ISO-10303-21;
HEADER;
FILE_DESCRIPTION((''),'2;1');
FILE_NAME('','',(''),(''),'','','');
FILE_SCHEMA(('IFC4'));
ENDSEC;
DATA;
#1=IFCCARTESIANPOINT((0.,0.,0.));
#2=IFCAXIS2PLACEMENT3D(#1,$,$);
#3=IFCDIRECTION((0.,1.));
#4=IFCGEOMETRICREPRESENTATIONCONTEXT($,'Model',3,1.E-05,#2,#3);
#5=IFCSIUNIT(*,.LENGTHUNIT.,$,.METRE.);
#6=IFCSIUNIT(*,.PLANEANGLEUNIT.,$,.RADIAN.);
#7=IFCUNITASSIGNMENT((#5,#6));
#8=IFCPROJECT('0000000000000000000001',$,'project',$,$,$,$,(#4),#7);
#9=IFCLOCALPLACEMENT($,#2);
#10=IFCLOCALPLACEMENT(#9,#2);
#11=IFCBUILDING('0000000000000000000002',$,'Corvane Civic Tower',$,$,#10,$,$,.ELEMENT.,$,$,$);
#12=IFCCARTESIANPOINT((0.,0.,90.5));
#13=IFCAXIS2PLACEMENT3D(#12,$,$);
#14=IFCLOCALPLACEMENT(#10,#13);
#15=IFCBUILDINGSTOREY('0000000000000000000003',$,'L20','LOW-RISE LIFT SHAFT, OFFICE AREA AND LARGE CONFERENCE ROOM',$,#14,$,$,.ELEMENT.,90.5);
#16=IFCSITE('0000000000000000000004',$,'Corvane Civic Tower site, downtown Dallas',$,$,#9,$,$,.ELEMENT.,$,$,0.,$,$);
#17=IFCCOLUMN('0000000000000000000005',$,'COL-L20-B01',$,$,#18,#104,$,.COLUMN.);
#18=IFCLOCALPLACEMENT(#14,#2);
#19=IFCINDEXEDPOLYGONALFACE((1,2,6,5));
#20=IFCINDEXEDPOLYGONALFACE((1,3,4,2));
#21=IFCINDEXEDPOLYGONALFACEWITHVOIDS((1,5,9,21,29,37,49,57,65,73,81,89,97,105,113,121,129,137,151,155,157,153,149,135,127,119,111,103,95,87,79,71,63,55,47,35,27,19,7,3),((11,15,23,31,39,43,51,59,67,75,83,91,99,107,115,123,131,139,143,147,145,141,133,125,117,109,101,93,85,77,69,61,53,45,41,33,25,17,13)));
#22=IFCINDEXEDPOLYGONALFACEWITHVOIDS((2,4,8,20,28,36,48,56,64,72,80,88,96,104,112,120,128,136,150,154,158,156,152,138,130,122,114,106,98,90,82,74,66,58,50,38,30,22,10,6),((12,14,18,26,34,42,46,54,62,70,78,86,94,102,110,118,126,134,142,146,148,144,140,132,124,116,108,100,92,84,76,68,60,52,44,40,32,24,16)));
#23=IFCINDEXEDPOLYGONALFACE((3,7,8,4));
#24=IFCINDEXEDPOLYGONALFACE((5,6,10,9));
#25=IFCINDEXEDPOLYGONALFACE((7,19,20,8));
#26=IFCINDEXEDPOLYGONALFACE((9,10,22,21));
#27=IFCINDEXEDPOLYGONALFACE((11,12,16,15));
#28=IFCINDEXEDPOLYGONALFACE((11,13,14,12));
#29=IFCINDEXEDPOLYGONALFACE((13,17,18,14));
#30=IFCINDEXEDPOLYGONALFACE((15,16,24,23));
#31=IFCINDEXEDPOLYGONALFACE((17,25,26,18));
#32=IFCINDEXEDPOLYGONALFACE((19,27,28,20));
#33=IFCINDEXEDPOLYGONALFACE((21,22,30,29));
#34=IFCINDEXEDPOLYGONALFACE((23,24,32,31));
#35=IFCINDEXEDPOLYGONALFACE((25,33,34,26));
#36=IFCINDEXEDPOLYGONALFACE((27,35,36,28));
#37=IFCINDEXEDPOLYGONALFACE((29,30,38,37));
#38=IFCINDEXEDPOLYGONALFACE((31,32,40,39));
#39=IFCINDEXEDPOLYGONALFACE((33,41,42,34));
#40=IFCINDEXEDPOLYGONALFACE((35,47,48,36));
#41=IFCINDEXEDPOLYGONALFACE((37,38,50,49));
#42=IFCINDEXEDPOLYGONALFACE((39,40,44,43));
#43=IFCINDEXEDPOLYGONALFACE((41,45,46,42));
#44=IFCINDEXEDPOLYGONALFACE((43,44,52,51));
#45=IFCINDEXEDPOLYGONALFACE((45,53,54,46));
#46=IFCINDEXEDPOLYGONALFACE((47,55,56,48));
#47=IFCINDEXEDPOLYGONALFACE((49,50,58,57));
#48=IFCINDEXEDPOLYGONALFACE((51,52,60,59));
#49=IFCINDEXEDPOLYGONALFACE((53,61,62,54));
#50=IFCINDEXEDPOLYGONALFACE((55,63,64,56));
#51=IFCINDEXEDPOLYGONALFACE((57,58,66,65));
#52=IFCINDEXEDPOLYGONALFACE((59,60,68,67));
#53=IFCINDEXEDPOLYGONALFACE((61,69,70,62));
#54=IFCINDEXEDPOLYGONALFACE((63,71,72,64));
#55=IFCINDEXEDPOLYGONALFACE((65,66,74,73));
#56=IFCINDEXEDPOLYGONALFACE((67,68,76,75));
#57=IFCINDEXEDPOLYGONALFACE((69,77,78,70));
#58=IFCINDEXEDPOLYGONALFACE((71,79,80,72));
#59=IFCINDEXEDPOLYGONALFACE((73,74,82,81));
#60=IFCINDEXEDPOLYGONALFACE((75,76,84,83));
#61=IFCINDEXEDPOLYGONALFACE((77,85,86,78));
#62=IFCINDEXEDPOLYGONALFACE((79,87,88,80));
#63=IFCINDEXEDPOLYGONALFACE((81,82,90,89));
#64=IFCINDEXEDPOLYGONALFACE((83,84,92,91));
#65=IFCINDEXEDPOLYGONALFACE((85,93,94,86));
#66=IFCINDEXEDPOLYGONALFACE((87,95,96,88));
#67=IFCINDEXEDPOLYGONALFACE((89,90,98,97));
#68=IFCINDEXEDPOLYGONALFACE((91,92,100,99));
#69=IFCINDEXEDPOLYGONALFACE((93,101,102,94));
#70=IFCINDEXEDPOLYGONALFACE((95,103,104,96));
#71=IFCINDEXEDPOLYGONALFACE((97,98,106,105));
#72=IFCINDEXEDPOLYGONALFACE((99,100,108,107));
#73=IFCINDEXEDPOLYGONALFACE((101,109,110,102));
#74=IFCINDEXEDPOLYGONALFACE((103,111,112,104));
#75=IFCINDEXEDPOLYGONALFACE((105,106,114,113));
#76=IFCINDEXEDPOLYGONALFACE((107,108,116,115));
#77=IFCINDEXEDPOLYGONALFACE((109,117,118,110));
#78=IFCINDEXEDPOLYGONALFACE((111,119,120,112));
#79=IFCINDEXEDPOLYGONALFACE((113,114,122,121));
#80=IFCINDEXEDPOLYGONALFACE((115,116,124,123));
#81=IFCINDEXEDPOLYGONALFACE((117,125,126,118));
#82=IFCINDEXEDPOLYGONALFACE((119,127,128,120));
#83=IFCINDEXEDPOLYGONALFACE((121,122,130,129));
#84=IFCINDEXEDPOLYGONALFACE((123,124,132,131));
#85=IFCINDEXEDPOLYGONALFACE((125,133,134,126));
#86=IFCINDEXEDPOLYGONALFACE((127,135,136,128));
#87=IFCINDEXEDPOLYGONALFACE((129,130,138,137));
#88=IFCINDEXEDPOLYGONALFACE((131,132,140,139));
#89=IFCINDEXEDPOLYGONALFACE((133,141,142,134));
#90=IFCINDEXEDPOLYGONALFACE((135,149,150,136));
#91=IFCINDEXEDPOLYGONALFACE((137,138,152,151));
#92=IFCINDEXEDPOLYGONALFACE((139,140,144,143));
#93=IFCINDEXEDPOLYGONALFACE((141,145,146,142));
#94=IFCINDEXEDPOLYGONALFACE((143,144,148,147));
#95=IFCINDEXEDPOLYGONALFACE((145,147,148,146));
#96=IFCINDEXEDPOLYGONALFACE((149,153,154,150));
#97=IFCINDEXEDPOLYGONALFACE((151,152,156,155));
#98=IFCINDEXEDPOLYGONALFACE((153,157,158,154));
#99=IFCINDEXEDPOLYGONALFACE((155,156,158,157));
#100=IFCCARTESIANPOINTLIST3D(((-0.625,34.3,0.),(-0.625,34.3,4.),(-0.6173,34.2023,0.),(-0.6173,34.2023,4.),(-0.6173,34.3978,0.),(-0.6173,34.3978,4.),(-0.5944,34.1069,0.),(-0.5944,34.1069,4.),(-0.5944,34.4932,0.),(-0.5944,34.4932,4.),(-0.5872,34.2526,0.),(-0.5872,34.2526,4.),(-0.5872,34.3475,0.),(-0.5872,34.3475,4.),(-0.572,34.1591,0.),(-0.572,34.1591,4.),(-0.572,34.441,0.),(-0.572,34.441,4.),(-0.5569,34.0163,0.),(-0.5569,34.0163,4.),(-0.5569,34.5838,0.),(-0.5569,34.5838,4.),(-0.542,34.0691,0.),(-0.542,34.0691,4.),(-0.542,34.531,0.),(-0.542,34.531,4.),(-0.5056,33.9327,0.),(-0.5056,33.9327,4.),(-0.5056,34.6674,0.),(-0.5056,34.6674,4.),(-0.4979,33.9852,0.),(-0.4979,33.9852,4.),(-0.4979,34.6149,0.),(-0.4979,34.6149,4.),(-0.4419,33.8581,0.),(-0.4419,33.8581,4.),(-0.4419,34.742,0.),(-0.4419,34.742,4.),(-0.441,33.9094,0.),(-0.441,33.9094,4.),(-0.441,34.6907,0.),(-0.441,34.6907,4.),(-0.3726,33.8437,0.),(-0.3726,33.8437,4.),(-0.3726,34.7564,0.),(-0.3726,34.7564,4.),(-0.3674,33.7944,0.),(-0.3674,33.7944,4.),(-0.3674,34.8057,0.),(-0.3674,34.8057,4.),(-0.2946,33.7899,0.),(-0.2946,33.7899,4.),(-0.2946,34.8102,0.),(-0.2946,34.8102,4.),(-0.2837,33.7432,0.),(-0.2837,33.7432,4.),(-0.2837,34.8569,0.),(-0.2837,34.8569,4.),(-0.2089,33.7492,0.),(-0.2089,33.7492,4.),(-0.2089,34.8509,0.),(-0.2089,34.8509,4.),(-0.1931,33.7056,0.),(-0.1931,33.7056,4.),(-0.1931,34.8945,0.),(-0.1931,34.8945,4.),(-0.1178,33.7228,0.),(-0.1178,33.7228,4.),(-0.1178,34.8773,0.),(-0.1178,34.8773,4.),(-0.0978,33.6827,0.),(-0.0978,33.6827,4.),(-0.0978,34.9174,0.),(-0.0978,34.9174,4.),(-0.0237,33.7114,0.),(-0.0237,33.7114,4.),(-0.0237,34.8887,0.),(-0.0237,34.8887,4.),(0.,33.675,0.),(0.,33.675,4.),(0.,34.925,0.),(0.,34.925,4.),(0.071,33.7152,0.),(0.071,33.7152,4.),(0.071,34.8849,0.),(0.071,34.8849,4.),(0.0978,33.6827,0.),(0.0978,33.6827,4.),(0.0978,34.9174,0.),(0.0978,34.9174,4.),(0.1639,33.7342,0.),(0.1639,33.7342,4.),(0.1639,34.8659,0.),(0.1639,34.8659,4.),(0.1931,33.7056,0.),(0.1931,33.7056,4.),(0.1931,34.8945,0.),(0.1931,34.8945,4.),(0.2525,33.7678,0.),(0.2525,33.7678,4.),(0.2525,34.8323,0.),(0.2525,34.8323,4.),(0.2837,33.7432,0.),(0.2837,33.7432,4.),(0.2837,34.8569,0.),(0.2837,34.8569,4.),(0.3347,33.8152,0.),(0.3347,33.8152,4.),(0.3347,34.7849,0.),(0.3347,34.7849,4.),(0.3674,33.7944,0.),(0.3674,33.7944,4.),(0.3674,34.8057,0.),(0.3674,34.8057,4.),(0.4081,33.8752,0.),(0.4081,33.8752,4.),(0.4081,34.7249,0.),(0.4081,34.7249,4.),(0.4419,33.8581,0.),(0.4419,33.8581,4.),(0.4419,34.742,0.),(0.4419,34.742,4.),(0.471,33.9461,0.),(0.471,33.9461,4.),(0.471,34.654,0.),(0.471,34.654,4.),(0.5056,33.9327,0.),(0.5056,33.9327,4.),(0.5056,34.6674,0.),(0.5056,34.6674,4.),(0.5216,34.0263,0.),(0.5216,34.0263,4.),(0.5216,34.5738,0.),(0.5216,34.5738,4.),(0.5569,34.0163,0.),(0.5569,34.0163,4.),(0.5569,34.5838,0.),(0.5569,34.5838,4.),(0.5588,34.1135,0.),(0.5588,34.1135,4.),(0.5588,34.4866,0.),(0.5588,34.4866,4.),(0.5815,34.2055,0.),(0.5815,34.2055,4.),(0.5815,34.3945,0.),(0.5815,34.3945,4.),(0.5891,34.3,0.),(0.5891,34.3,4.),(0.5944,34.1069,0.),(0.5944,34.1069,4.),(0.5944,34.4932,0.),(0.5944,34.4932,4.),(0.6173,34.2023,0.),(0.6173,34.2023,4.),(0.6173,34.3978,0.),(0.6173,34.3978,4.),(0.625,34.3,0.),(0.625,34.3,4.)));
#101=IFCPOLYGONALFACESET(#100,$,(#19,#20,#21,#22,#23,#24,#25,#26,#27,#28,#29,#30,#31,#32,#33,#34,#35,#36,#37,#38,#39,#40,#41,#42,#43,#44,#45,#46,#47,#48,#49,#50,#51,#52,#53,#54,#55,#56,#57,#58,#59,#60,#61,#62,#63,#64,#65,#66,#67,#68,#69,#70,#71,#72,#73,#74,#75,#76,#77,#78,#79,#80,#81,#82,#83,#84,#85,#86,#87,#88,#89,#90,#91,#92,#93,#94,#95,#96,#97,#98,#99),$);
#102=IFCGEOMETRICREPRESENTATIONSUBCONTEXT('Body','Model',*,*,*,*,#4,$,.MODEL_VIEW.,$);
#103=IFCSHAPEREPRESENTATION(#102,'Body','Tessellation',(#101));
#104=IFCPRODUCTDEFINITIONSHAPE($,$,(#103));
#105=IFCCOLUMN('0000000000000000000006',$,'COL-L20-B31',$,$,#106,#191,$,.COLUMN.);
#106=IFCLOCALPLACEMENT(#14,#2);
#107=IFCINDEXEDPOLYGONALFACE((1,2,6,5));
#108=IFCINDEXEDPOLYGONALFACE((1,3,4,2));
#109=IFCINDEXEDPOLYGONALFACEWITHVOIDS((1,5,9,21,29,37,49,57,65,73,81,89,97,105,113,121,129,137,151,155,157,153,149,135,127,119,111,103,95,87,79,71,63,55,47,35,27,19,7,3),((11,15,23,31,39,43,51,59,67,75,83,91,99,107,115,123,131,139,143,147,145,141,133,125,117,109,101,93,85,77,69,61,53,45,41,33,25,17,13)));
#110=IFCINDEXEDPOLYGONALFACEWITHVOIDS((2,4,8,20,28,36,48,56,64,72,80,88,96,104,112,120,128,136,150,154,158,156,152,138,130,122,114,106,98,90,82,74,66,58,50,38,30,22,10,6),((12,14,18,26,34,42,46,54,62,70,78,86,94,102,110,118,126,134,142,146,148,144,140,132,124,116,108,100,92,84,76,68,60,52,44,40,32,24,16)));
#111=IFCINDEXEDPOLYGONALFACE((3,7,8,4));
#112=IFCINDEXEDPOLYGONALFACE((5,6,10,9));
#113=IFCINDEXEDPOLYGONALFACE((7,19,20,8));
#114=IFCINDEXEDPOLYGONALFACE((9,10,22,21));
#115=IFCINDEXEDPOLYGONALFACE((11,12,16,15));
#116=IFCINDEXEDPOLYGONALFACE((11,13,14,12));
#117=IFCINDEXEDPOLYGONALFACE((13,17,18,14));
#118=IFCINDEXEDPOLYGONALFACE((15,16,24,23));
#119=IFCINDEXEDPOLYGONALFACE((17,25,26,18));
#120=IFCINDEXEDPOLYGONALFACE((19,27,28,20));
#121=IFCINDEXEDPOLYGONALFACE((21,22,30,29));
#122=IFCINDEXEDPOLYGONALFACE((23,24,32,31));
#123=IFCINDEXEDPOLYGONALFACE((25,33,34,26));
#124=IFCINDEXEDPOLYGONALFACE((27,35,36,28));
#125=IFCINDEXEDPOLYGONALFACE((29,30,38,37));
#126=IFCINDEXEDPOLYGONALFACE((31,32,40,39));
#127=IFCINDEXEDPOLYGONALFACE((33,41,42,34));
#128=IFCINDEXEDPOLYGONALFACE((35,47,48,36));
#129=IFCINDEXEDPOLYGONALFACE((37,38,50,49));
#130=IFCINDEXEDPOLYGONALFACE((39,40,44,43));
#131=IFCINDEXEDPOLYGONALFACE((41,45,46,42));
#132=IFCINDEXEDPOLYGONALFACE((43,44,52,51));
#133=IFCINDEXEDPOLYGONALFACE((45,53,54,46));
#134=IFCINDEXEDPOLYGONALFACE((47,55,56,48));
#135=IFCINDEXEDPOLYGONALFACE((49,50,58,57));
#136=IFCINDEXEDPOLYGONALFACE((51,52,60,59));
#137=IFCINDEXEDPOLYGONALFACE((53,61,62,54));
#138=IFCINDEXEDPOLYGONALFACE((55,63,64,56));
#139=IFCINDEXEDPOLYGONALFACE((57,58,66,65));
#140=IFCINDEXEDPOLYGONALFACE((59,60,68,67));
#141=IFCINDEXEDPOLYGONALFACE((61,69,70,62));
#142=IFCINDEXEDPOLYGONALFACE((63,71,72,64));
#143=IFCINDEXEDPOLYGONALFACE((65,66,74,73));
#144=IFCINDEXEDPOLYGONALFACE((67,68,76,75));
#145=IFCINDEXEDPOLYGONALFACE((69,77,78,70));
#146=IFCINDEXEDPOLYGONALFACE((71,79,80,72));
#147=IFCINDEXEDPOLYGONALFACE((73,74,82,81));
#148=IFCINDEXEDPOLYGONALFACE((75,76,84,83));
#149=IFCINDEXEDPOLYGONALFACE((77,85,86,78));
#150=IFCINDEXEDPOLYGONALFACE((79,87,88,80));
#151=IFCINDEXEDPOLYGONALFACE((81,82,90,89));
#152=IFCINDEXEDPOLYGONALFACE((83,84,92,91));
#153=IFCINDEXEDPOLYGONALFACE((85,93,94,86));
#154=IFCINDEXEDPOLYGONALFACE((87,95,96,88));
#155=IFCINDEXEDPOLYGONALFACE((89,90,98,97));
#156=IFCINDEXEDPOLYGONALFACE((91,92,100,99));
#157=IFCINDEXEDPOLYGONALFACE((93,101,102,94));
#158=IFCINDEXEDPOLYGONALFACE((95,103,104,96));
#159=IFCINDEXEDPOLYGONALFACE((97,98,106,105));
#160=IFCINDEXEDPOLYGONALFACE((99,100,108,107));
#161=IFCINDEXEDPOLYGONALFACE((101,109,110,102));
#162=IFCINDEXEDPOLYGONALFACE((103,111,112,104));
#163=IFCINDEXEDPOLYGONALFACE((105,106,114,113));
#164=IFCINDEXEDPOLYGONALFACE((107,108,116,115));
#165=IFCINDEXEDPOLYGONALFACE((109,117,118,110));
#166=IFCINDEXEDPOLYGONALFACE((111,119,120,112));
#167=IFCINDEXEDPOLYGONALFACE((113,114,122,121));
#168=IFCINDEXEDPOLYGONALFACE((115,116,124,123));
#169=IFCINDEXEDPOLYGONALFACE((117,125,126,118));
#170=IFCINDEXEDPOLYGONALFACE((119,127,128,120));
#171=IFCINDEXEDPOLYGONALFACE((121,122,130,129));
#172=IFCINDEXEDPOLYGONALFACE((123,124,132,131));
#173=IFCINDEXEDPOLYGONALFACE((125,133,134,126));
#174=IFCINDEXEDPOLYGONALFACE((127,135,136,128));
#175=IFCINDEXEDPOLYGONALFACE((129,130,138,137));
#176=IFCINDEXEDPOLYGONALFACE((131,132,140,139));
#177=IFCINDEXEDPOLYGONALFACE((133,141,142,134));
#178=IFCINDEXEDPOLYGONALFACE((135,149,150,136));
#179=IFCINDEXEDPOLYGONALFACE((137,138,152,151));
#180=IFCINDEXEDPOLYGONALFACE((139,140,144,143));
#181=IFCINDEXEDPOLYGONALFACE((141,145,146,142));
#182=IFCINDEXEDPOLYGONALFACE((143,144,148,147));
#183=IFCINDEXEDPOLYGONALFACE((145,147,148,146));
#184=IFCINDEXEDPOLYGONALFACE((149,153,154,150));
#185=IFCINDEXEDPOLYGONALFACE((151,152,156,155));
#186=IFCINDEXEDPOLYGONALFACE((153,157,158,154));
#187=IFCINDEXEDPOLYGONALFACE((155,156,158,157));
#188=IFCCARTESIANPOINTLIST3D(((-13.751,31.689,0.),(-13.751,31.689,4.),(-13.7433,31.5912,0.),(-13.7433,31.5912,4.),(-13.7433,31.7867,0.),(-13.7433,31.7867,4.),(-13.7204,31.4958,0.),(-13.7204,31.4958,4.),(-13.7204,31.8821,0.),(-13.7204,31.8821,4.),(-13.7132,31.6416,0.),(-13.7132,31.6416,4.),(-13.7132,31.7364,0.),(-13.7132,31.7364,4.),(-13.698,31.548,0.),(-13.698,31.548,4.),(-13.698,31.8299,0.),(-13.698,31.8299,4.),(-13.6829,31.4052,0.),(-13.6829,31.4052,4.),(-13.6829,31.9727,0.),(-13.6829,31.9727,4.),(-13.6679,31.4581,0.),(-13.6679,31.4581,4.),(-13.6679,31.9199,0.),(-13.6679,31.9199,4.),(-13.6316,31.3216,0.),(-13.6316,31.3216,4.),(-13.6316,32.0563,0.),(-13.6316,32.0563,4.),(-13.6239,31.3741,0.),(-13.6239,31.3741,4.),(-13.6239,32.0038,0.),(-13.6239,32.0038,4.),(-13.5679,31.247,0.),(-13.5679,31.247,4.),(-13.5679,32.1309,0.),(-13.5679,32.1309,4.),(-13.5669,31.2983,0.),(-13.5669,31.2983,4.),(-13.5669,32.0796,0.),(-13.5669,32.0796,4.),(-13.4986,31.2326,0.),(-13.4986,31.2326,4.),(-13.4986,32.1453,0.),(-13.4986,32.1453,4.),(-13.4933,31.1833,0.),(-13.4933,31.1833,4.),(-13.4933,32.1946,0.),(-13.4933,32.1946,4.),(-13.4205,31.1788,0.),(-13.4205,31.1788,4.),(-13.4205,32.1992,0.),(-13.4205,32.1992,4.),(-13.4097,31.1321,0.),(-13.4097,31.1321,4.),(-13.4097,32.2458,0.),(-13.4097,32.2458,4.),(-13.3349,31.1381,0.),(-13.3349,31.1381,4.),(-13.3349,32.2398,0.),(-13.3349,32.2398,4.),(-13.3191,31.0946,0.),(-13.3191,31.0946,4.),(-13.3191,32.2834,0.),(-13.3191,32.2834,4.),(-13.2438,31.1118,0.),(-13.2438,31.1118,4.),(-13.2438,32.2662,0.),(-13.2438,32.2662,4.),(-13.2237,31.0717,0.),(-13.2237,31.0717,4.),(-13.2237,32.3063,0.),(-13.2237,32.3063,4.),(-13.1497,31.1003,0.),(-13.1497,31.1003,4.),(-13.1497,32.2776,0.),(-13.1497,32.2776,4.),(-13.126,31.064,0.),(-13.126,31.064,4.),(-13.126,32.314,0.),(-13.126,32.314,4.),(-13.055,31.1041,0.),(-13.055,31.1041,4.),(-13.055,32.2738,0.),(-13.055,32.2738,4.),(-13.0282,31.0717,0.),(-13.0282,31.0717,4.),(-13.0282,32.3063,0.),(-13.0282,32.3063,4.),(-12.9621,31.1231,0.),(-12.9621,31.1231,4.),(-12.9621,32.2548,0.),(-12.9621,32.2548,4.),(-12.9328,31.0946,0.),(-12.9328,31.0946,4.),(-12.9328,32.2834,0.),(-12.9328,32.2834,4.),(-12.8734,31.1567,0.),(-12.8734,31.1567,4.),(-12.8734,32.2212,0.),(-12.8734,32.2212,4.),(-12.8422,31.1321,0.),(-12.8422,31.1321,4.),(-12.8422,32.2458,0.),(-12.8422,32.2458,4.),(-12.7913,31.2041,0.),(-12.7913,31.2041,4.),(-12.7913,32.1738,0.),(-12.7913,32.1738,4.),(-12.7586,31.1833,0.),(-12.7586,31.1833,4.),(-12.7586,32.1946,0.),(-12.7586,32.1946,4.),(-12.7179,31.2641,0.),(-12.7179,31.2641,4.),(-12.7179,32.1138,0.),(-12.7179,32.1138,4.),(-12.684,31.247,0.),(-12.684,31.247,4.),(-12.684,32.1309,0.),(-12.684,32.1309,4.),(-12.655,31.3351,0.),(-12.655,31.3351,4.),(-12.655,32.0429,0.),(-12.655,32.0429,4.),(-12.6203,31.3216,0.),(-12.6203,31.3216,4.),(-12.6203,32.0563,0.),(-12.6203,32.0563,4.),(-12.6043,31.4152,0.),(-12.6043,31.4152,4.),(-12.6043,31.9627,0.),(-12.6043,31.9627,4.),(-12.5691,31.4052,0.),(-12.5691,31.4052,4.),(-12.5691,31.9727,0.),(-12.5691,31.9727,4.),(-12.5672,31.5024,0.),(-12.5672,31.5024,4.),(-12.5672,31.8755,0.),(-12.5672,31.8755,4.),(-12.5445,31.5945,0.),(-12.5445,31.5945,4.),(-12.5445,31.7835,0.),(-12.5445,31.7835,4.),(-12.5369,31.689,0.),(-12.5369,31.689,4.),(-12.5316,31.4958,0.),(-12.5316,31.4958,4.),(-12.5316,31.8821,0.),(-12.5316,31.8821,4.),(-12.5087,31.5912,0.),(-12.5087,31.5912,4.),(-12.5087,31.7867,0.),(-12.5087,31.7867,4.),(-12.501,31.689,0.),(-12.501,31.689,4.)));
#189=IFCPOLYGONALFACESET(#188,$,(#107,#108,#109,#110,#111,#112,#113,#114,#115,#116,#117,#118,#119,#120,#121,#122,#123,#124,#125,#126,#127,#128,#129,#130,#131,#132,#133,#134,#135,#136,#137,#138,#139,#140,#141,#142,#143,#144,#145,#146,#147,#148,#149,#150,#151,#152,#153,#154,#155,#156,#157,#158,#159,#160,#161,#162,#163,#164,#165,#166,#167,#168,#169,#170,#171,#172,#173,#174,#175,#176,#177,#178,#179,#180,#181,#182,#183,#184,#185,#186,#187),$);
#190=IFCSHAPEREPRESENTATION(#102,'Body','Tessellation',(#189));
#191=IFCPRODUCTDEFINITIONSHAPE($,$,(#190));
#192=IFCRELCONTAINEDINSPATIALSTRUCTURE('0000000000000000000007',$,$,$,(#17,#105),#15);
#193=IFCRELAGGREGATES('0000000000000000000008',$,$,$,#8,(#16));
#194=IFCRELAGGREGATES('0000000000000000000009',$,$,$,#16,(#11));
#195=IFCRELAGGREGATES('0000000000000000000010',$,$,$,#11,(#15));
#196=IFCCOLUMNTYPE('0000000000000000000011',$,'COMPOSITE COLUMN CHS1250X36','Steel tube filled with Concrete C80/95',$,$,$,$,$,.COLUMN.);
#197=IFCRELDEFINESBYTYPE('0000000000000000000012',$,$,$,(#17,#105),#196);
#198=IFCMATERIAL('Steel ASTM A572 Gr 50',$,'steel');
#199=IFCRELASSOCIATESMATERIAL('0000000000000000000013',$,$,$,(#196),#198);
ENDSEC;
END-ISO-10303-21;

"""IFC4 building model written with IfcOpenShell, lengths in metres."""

from ifc_helpers import new_model, si_unit, direction, frame, origin, origin_2d, place, context, subcontext, project, spatial, hollow_circle, extrude, material, material_profile, profile_set, type_object, element, save


model = new_model("IFC4")

# Units and contexts
model_context = context("Model", 3, precision=1e-05, world=origin(), true_north=direction((0.0, 1.0)))
body_context = subcontext(model_context, "Body", "Model", "MODEL_VIEW")
ifc_project = project(units=[si_unit("LENGTHUNIT", "METRE"), si_unit("PLANEANGLEUNIT", "RADIAN")], contexts=[model_context])

# Site, building, storey
site_placement = place(None, origin())
site = spatial("IfcSite", under=ifc_project, at=site_placement, Name="Corvane Civic Tower site, downtown Dallas", CompositionType="ELEMENT", RefElevation=0.0)
building_placement = place(site_placement, origin())
building = spatial("IfcBuilding", under=site, at=building_placement, Name="Corvane Civic Tower", CompositionType="ELEMENT")
storey_placement = place(building_placement, frame((0.0, 0.0, 90.5)))
storey = spatial("IfcBuildingStorey", under=building, at=storey_placement, Name="L20", Description="LOW-RISE LIFT SHAFT, OFFICE AREA AND LARGE CONFERENCE ROOM", CompositionType="ELEMENT", Elevation=90.5)

# Columns
ifc_material_1 = material(Name="Steel ASTM A572 Gr 50", Category="steel")
ifc_material_profile_1 = material_profile(ifc_material_1, hollow_circle(Radius=0.625, WallThickness=0.0359, at=origin_2d()), Name="CHS1250X36")
ifc_profile_set_1 = profile_set([ifc_material_profile_1], Name="Steel ASTM A572 Gr 50")
column_type = type_object("IfcColumnType", Name="COMPOSITE COLUMN CHS1250X36", Description="Steel tube filled with Concrete C80/95", PredefinedType="COLUMN", material=ifc_profile_set_1)
for number, where, z_axis, x_axis, name in (
    (1, (0.0, 34.3, 0.0), (0.0, 0.0, 1.0), (1.0, 0.0, 0.0), "COL-L20-B01"),
    (2, (-13.126, 31.689, 0.0), (0.0, 0.0, 1.0), (1.0, 0.0, 0.0), "COL-L20-B31"),
):
    element("IfcColumn", number, at=place(storey_placement, frame(where, z_axis=z_axis, x_axis=x_axis)), inside=storey, type_object=column_type, Name=name, PredefinedType="COLUMN", context=body_context, shape_type="SweptSolid", body=[
        extrude(hollow_circle(Radius=0.625, WallThickness=0.0359, at=origin_2d()), origin(), (0.0, 0.0, 1.0), 4.0),
    ])

save(model, "model.ifc")
